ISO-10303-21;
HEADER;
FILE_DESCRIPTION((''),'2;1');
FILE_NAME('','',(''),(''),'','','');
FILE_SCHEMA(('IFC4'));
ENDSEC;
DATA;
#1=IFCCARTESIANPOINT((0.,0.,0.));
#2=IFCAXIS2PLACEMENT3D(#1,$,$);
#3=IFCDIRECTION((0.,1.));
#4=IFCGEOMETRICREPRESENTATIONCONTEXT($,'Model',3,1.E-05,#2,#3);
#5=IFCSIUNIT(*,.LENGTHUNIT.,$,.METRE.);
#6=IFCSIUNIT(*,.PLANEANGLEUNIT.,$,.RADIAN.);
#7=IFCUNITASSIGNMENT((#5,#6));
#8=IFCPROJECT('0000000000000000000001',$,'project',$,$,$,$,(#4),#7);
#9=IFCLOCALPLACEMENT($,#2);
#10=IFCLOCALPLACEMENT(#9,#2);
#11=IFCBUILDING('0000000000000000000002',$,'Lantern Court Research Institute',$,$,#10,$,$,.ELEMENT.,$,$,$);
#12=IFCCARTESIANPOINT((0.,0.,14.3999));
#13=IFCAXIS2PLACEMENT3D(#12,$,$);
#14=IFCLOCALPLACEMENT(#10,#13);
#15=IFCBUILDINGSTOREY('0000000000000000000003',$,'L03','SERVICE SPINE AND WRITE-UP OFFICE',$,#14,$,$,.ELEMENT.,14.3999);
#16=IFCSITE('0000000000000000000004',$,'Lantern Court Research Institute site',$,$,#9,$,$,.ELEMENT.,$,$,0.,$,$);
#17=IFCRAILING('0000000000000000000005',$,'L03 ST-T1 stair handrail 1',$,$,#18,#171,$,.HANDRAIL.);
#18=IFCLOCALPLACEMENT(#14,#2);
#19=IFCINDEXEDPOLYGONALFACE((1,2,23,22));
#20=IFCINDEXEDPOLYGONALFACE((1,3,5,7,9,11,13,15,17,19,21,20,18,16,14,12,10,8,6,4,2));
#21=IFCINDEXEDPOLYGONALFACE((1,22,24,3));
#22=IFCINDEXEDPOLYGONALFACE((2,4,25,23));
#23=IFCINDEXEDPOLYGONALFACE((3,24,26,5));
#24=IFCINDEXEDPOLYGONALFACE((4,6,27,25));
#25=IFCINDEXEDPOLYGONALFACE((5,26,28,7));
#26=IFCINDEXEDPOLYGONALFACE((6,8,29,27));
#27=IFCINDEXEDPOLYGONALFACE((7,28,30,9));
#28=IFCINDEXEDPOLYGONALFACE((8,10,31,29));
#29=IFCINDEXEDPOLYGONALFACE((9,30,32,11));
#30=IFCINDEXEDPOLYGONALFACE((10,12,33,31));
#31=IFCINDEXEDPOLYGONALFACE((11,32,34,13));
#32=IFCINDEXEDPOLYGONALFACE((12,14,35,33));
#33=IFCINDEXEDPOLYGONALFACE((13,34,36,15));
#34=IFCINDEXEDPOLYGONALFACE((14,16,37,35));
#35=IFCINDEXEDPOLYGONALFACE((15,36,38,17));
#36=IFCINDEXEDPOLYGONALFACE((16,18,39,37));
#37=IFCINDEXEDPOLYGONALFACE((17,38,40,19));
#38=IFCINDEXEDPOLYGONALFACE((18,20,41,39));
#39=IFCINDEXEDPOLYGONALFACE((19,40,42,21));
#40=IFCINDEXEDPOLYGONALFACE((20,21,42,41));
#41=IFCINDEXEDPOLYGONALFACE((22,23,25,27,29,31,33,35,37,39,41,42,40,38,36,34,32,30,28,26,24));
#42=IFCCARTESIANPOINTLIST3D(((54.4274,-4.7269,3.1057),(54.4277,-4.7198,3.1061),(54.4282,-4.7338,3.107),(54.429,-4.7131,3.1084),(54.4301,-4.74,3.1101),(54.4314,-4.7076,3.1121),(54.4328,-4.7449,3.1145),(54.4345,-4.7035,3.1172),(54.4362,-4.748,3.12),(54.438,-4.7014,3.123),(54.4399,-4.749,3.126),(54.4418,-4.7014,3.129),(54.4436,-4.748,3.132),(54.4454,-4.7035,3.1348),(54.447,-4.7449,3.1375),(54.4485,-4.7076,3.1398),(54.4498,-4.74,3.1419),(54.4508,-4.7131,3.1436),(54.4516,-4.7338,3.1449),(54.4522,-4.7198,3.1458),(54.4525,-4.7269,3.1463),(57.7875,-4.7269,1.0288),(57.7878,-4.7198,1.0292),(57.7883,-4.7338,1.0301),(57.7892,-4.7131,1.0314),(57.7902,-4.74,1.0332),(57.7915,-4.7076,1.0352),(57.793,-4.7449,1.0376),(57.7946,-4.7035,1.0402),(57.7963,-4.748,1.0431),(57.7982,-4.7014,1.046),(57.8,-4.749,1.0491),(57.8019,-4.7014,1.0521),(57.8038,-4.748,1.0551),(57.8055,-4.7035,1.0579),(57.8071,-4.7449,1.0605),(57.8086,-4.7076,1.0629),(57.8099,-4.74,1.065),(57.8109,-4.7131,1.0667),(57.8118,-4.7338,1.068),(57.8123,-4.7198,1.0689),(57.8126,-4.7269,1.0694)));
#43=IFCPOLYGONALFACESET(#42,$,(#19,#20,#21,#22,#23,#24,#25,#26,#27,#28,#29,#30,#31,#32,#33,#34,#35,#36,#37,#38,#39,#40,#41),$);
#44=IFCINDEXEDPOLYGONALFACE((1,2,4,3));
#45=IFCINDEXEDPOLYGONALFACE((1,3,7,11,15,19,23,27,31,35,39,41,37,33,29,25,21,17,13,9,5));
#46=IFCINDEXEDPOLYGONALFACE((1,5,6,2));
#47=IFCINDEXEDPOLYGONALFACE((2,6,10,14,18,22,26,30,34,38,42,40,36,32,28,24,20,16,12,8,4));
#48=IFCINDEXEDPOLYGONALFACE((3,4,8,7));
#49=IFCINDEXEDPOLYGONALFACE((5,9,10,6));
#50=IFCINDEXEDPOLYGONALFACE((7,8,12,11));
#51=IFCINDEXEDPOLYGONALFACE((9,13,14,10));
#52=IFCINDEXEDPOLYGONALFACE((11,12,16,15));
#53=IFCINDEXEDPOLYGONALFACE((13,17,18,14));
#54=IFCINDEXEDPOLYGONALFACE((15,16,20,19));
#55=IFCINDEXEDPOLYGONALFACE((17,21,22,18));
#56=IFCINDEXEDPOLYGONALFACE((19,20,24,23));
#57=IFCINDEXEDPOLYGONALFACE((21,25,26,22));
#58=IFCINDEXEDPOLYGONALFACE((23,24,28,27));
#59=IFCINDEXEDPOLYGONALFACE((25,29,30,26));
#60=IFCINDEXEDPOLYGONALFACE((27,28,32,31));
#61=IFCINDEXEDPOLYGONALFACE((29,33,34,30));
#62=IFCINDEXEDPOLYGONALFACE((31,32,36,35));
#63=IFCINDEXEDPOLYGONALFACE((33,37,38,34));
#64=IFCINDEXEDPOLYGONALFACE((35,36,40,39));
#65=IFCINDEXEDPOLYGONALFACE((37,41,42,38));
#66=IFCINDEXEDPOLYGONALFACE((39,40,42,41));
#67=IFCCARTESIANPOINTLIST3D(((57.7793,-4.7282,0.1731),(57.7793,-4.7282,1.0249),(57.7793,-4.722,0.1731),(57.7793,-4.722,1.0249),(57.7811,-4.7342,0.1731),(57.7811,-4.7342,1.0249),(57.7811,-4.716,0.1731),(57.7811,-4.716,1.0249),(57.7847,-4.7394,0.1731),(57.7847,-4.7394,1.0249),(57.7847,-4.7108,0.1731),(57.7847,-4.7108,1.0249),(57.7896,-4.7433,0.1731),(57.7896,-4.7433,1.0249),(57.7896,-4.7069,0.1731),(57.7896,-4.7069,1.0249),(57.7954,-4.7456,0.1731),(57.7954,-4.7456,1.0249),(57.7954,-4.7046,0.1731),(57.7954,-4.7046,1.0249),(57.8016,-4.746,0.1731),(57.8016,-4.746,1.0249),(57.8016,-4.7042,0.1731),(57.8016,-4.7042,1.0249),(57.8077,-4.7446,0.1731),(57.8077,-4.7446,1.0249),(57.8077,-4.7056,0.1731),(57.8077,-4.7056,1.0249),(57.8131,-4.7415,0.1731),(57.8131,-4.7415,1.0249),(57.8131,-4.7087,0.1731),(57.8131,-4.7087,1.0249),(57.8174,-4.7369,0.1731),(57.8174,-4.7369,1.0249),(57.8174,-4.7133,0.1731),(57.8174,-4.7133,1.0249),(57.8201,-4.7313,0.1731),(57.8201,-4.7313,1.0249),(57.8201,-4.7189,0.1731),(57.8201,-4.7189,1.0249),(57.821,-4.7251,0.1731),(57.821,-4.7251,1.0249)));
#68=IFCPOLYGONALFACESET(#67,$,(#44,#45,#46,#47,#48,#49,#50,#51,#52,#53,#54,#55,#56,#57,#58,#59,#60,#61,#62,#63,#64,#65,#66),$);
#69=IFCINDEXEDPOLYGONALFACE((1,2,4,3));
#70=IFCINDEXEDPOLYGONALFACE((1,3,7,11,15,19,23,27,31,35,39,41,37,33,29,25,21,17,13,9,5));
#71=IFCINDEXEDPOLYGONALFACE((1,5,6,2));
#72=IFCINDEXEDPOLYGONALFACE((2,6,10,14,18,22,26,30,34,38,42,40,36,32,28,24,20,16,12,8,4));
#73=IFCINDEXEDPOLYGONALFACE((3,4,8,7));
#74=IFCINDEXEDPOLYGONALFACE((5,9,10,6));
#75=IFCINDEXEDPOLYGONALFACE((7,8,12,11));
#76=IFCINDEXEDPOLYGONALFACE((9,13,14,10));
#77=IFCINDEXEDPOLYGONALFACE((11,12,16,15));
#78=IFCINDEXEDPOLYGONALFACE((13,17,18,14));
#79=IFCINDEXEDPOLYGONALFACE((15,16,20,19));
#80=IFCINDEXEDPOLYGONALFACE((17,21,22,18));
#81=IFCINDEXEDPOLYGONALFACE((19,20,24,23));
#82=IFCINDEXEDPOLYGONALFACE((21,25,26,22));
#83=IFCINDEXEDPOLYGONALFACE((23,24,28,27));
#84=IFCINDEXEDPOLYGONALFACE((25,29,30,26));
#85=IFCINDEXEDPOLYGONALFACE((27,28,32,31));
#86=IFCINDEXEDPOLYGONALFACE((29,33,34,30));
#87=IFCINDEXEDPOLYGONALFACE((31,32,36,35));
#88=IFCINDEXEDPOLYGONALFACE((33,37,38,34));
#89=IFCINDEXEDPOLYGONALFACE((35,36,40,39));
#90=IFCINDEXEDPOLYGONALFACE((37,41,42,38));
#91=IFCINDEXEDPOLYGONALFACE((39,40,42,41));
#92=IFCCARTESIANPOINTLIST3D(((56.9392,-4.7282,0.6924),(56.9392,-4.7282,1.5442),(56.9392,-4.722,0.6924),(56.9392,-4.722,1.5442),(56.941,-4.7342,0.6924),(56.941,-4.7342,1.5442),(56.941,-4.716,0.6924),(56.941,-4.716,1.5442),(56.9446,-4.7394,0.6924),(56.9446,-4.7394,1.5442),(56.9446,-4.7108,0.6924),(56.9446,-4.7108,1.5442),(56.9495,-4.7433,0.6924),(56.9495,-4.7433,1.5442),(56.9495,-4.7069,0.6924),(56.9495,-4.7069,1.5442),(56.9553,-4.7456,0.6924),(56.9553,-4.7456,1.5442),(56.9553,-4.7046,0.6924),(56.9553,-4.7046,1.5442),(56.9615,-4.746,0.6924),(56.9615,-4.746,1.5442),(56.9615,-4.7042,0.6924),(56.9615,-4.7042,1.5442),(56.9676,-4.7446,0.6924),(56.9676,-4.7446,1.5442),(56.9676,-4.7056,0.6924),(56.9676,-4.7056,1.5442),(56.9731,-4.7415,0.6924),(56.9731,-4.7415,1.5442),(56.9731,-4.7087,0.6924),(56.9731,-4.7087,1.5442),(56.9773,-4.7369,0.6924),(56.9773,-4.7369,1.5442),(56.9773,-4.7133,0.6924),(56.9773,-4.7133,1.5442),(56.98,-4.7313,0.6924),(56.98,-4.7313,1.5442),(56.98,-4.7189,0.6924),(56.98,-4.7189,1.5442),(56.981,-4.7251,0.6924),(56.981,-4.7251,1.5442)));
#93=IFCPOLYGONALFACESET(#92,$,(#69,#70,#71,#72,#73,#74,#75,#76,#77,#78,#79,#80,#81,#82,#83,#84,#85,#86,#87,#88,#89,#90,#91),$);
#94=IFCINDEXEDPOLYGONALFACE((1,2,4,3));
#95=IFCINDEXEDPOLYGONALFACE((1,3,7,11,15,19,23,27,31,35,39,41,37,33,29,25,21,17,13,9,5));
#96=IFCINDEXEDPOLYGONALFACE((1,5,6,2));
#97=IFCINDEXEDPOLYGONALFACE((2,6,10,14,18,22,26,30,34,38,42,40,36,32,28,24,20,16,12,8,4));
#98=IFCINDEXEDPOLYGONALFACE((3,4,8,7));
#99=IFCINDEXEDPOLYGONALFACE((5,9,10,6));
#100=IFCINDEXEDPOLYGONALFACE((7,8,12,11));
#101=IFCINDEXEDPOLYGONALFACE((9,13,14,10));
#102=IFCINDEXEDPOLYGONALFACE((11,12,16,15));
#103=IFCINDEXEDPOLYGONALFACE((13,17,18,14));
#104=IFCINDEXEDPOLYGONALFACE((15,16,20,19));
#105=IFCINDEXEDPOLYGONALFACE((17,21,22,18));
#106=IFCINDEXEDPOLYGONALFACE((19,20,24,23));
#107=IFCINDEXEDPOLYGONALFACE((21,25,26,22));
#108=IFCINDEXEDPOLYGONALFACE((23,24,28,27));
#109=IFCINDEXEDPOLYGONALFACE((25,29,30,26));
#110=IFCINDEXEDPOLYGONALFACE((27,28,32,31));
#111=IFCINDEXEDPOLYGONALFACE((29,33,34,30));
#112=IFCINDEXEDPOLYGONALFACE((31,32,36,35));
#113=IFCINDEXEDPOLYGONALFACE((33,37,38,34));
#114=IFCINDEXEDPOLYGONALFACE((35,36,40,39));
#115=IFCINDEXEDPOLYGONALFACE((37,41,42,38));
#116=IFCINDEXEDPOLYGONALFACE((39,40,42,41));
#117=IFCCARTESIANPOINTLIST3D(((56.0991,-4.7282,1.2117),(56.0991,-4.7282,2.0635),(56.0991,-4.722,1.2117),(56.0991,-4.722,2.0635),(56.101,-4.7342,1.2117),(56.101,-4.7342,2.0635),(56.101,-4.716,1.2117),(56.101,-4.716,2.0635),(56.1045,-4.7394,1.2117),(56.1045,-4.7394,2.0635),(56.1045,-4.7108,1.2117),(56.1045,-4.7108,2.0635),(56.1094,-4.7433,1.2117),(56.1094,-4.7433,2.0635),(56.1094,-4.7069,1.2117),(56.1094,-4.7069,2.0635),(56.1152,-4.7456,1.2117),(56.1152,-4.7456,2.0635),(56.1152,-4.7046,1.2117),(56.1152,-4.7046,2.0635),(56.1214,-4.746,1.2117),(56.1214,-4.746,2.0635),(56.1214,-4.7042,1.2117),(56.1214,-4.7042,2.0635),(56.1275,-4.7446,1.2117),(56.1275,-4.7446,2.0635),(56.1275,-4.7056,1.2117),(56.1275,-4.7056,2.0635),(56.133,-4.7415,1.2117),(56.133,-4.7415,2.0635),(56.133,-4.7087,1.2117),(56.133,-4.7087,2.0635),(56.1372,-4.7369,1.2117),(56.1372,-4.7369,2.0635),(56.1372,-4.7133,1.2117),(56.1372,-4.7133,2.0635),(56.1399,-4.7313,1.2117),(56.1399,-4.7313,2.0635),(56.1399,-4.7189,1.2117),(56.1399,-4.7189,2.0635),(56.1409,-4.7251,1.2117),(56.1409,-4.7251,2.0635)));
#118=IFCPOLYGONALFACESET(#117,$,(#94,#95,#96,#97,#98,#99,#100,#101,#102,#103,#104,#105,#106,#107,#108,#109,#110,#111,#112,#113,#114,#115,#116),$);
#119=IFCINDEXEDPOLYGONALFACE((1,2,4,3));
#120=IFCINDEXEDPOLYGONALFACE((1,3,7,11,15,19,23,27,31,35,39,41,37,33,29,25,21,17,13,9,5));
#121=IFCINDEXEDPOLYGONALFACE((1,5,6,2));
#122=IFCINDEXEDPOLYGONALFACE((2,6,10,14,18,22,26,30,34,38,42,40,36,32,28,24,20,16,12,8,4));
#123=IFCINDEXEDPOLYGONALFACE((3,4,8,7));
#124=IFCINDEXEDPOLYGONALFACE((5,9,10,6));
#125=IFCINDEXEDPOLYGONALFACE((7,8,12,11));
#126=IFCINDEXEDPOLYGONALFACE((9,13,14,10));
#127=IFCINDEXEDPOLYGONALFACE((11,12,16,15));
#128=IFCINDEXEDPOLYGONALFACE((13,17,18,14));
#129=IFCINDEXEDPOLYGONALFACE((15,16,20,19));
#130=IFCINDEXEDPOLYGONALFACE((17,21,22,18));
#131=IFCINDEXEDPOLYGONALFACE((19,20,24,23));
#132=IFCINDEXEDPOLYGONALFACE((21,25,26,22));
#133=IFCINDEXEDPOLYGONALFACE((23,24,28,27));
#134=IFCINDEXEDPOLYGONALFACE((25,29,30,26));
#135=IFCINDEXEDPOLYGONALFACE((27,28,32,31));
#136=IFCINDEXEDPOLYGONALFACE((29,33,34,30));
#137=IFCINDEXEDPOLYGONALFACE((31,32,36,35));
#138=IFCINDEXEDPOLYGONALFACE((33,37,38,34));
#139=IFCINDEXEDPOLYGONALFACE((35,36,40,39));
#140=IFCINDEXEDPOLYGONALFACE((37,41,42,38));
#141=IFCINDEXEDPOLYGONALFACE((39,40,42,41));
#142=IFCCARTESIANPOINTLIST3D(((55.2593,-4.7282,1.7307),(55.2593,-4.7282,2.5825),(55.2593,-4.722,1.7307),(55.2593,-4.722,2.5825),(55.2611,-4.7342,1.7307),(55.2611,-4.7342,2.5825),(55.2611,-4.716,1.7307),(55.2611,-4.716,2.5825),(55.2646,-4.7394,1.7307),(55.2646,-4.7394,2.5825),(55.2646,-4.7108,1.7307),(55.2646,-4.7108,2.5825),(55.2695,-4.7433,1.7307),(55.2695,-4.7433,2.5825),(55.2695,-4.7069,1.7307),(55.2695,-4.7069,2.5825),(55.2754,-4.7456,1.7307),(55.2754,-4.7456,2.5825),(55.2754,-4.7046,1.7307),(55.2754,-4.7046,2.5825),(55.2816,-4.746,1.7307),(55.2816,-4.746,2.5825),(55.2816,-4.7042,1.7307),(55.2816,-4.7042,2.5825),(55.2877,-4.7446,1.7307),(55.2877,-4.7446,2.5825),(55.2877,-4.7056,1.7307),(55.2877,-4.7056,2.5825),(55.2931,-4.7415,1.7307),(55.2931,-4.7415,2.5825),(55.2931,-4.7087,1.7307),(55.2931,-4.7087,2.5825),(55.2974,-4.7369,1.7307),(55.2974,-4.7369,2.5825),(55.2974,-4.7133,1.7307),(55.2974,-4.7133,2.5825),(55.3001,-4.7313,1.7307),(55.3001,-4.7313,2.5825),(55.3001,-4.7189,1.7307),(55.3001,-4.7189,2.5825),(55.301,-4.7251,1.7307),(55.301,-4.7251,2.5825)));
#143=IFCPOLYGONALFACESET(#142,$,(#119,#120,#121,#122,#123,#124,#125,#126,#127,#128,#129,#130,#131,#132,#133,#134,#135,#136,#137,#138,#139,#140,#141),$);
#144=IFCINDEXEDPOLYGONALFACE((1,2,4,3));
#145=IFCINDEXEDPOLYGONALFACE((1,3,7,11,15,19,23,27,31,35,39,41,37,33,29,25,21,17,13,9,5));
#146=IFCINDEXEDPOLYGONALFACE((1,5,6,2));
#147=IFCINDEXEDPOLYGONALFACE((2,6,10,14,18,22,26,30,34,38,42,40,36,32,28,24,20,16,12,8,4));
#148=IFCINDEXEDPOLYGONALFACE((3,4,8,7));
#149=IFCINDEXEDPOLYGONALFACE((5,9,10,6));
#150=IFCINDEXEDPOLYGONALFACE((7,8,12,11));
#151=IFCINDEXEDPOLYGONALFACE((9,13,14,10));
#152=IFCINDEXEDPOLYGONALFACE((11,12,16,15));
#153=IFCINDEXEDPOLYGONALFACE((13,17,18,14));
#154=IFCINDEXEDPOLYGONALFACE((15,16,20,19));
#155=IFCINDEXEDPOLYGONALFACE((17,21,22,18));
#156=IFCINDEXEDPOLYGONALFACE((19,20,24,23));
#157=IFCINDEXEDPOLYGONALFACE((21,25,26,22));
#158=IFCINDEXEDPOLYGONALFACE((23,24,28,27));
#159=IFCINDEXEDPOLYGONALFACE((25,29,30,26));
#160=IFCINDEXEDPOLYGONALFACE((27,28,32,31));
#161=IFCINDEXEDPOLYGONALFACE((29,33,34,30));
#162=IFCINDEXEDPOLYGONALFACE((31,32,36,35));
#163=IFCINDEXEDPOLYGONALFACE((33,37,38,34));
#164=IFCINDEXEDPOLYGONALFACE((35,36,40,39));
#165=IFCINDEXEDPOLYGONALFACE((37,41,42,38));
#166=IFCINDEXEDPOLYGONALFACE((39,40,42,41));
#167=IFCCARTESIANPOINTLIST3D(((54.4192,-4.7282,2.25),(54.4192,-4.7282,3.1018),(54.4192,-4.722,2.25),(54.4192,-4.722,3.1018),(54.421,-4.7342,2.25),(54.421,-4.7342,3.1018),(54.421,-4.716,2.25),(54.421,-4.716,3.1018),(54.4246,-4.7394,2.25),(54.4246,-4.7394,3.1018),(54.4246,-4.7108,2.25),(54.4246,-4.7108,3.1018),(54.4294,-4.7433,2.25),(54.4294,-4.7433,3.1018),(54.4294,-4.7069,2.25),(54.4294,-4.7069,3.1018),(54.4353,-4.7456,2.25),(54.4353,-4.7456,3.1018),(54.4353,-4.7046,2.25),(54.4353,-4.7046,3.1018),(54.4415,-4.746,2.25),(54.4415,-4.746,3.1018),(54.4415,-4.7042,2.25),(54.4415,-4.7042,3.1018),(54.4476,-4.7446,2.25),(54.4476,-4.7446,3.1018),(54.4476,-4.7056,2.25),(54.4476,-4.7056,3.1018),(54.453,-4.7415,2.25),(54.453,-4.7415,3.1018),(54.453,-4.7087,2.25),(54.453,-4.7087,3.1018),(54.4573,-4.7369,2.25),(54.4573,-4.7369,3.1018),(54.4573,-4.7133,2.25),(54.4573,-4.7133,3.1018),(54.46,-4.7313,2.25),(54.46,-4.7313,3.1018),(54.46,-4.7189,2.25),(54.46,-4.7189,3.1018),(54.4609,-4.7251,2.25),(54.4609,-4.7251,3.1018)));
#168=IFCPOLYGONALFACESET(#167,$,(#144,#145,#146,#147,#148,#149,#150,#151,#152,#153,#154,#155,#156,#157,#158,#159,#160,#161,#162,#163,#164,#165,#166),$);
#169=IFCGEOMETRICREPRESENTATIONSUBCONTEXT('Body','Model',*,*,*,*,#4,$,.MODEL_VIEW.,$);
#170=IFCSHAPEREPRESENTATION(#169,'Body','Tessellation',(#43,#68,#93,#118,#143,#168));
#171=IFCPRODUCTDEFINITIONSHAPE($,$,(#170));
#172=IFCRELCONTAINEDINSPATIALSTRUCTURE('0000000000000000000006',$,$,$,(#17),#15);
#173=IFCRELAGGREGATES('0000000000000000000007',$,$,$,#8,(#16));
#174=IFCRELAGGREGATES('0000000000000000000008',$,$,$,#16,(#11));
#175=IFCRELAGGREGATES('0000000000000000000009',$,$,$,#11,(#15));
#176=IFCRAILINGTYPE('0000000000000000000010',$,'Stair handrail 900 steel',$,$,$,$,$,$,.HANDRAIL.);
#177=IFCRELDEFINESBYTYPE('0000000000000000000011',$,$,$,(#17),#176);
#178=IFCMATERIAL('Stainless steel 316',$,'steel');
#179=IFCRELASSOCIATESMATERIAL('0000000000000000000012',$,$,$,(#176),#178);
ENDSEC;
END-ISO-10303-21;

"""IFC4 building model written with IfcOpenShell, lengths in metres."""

from ifc_helpers import new_model, si_unit, direction, frame, origin, origin_2d, place, context, subcontext, project, spatial, circle, extrude, material, type_object, element, save


model = new_model("IFC4")

# Units and contexts
model_context = context("Model", 3, precision=1e-05, world=origin(), true_north=direction((0.0, 1.0)))
body_context = subcontext(model_context, "Body", "Model", "MODEL_VIEW")
ifc_project = project(units=[si_unit("LENGTHUNIT", "METRE"), si_unit("PLANEANGLEUNIT", "RADIAN")], contexts=[model_context])

# Site, building, storey
site_placement = place(None, origin())
site = spatial("IfcSite", under=ifc_project, at=site_placement, Name="Lantern Court Research Institute site", CompositionType="ELEMENT", RefElevation=0.0)
building_placement = place(site_placement, origin())
building = spatial("IfcBuilding", under=site, at=building_placement, Name="Lantern Court Research Institute", CompositionType="ELEMENT")
storey_placement = place(building_placement, frame((0.0, 0.0, 14.3999)))
storey = spatial("IfcBuildingStorey", under=building, at=storey_placement, Name="L03", Description="SERVICE SPINE AND WRITE-UP OFFICE", CompositionType="ELEMENT", Elevation=14.3999)

# Railing
ifc_material_1 = material(Name="Stainless steel 316", Category="steel")
railing_type = type_object("IfcRailingType", Name="Stair handrail 900 steel", PredefinedType="HANDRAIL", material=ifc_material_1)
railing_placement = place(storey_placement, frame((57.8, -4.7251, 0.1731)))
element("IfcRailing", 1, at=railing_placement, inside=storey, type_object=railing_type, Name="L03 ST-T1 stair handrail 1", PredefinedType="HANDRAIL", context=body_context, shape_type="SweptSolid", body=[
    extrude(circle(Radius=0.0239, at=origin_2d()), frame((0.0, 0.0, 0.876), z_axis=(-0.850623, 0.0, 0.525776), x_axis=(0.0, -1.0, 0.0)), (0.0, 0.0, 1.0), 3.9502),
    extrude(circle(Radius=0.021, at=origin_2d()), origin(), (0.0, 0.0, 1.0), 0.8518),
    extrude(circle(Radius=0.021, at=origin_2d()), frame((-0.8401, 0.0, 0.5193)), (0.0, 0.0, 1.0), 0.8518),
    extrude(circle(Radius=0.021, at=origin_2d()), frame((-1.6802, 0.0, 1.0386)), (0.0, 0.0, 1.0), 0.8518),
    extrude(circle(Radius=0.021, at=origin_2d()), frame((-2.52, 0.0, 1.5576)), (0.0, 0.0, 1.0), 0.8518),
    extrude(circle(Radius=0.021, at=origin_2d()), frame((-3.3601, 0.0, 2.0769)), (0.0, 0.0, 1.0), 0.8518),
])

save(model, "model.ifc")
